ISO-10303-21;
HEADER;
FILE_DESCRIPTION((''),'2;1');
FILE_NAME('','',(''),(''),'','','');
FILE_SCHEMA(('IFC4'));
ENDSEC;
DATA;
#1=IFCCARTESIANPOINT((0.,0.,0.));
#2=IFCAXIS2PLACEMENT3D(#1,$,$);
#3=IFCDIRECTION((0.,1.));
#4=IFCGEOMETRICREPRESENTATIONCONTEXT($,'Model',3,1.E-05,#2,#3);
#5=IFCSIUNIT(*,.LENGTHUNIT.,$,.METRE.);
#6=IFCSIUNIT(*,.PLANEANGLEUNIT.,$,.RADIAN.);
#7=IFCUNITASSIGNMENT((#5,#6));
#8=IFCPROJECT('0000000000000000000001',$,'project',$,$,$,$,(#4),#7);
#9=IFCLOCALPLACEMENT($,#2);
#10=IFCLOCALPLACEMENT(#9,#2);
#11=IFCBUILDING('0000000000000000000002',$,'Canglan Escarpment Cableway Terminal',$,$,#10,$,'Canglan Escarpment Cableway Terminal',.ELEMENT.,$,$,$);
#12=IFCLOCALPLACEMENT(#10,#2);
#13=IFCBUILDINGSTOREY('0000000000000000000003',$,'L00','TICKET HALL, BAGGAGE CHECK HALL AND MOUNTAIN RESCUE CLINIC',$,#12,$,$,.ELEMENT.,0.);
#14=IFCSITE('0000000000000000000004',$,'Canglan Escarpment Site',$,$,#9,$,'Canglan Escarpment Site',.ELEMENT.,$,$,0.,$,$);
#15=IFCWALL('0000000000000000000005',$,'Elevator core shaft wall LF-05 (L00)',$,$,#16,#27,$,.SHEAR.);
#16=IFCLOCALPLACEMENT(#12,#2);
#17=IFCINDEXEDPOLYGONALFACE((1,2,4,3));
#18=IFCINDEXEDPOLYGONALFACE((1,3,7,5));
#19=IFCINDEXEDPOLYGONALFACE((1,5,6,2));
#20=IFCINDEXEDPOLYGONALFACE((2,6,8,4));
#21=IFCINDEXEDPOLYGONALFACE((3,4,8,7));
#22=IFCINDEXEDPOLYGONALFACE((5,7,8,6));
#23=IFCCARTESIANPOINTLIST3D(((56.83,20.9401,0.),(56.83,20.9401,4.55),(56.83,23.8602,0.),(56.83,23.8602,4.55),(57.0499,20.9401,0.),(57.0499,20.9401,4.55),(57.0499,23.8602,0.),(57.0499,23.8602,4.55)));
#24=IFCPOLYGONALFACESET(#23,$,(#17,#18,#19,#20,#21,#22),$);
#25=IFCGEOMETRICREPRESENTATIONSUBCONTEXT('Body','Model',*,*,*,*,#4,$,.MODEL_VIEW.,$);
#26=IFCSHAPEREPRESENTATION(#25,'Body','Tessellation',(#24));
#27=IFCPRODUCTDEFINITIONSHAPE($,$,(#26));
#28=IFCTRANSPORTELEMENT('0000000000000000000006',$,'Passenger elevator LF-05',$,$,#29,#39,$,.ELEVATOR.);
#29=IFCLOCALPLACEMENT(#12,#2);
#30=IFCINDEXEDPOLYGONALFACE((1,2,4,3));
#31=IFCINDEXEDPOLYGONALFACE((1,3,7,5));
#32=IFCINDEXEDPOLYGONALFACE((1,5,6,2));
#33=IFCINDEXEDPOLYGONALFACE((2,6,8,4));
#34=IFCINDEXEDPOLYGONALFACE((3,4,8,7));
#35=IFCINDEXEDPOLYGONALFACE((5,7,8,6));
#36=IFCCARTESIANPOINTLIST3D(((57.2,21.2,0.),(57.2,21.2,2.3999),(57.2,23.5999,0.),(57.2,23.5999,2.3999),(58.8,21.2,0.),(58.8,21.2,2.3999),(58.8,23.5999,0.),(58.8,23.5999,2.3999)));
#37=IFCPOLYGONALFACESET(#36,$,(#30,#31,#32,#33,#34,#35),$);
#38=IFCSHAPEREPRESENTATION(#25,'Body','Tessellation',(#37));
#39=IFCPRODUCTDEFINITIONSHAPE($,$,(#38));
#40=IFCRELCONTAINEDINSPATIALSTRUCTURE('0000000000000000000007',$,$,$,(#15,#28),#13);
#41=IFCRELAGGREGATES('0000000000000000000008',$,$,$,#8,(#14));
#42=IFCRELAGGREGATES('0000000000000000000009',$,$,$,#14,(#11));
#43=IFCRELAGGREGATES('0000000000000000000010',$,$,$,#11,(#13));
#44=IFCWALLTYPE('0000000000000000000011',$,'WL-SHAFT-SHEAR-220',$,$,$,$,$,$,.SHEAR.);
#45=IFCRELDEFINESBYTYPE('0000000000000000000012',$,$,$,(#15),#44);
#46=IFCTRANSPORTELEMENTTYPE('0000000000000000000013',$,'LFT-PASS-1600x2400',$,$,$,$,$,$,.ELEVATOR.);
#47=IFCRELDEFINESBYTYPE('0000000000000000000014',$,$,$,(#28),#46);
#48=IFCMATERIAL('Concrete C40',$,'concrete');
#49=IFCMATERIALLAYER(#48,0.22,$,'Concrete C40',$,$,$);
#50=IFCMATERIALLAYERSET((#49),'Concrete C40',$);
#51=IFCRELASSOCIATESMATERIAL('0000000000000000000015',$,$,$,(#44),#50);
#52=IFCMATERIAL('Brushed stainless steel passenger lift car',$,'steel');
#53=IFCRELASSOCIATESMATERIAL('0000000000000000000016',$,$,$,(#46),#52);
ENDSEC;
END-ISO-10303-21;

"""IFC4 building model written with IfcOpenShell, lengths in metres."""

from ifc_helpers import new_model, si_unit, direction, frame, frame_2d, origin, origin_2d, place, context, subcontext, project, spatial, rectangle, extrude, material, layer, layer_set, type_object, element, save


model = new_model("IFC4")

# Units and contexts
model_context = context("Model", 3, precision=1e-05, world=origin(), true_north=direction((0.0, 1.0)))
body_context = subcontext(model_context, "Body", "Model", "MODEL_VIEW")
ifc_project = project(units=[si_unit("LENGTHUNIT", "METRE"), si_unit("PLANEANGLEUNIT", "RADIAN")], contexts=[model_context])

# Site, building, storey
site_placement = place(None, origin())
site = spatial("IfcSite", under=ifc_project, at=site_placement, Name="Canglan Escarpment Site", LongName="Canglan Escarpment Site", CompositionType="ELEMENT", RefElevation=0.0)
building_placement = place(site_placement, origin())
building = spatial("IfcBuilding", under=site, at=building_placement, Name="Canglan Escarpment Cableway Terminal", LongName="Canglan Escarpment Cableway Terminal", CompositionType="ELEMENT")
storey_placement = place(building_placement, origin())
storey = spatial("IfcBuildingStorey", under=building, at=storey_placement, Name="L00", Description="TICKET HALL, BAGGAGE CHECK HALL AND MOUNTAIN RESCUE CLINIC", CompositionType="ELEMENT", Elevation=0.0)

# Shared definitions
ifc_material_1 = material(Name="Concrete C40", Category="concrete")

# Shared definitions
ifc_layer_1 = layer(ifc_material_1, 0.22, Name="Concrete C40")
ifc_layer_set_1 = layer_set([ifc_layer_1], Name="Concrete C40")
wall_type_1 = type_object("IfcWallType", Name="WL-SHAFT-SHEAR-220", PredefinedType="SHEAR", material=ifc_layer_set_1)

# Wall
wall_1_placement = place(storey_placement, frame((56.9399, 23.8601, 0.0), z_axis=(0.0, 0.0, 1.0), x_axis=(0.0, -1.0, 0.0)))
element("IfcWall", 1, at=wall_1_placement, inside=storey, type_object=wall_type_1, Name="Elevator core shaft wall LF-05 (L00)", PredefinedType="SHEAR", context=body_context, shape_type="SweptSolid", body=[
    extrude(rectangle(XDim=2.9202, YDim=0.22, at=frame_2d((1.46, 0.0))), origin(), (0.0, 0.0, 1.0), 4.55),
])

# Transport element
ifc_material_2 = material(Name="Brushed stainless steel passenger lift car", Category="steel")
transport_element_type = type_object("IfcTransportElementType", Name="LFT-PASS-1600x2400", PredefinedType="ELEVATOR", material=ifc_material_2)
transport_element_placement = place(storey_placement, frame((58.0, 22.3999, 0.0), z_axis=(0.0, 0.0, 1.0), x_axis=(1.0, 0.0, 0.0)))
element("IfcTransportElement", 2, at=transport_element_placement, inside=storey, type_object=transport_element_type, Name="Passenger elevator LF-05", PredefinedType="ELEVATOR", context=body_context, shape_type="SweptSolid", body=[
    extrude(rectangle(XDim=1.6001, YDim=2.3999, at=origin_2d()), origin(), (0.0, 0.0, 1.0), 2.3999),
])

save(model, "model.ifc")
